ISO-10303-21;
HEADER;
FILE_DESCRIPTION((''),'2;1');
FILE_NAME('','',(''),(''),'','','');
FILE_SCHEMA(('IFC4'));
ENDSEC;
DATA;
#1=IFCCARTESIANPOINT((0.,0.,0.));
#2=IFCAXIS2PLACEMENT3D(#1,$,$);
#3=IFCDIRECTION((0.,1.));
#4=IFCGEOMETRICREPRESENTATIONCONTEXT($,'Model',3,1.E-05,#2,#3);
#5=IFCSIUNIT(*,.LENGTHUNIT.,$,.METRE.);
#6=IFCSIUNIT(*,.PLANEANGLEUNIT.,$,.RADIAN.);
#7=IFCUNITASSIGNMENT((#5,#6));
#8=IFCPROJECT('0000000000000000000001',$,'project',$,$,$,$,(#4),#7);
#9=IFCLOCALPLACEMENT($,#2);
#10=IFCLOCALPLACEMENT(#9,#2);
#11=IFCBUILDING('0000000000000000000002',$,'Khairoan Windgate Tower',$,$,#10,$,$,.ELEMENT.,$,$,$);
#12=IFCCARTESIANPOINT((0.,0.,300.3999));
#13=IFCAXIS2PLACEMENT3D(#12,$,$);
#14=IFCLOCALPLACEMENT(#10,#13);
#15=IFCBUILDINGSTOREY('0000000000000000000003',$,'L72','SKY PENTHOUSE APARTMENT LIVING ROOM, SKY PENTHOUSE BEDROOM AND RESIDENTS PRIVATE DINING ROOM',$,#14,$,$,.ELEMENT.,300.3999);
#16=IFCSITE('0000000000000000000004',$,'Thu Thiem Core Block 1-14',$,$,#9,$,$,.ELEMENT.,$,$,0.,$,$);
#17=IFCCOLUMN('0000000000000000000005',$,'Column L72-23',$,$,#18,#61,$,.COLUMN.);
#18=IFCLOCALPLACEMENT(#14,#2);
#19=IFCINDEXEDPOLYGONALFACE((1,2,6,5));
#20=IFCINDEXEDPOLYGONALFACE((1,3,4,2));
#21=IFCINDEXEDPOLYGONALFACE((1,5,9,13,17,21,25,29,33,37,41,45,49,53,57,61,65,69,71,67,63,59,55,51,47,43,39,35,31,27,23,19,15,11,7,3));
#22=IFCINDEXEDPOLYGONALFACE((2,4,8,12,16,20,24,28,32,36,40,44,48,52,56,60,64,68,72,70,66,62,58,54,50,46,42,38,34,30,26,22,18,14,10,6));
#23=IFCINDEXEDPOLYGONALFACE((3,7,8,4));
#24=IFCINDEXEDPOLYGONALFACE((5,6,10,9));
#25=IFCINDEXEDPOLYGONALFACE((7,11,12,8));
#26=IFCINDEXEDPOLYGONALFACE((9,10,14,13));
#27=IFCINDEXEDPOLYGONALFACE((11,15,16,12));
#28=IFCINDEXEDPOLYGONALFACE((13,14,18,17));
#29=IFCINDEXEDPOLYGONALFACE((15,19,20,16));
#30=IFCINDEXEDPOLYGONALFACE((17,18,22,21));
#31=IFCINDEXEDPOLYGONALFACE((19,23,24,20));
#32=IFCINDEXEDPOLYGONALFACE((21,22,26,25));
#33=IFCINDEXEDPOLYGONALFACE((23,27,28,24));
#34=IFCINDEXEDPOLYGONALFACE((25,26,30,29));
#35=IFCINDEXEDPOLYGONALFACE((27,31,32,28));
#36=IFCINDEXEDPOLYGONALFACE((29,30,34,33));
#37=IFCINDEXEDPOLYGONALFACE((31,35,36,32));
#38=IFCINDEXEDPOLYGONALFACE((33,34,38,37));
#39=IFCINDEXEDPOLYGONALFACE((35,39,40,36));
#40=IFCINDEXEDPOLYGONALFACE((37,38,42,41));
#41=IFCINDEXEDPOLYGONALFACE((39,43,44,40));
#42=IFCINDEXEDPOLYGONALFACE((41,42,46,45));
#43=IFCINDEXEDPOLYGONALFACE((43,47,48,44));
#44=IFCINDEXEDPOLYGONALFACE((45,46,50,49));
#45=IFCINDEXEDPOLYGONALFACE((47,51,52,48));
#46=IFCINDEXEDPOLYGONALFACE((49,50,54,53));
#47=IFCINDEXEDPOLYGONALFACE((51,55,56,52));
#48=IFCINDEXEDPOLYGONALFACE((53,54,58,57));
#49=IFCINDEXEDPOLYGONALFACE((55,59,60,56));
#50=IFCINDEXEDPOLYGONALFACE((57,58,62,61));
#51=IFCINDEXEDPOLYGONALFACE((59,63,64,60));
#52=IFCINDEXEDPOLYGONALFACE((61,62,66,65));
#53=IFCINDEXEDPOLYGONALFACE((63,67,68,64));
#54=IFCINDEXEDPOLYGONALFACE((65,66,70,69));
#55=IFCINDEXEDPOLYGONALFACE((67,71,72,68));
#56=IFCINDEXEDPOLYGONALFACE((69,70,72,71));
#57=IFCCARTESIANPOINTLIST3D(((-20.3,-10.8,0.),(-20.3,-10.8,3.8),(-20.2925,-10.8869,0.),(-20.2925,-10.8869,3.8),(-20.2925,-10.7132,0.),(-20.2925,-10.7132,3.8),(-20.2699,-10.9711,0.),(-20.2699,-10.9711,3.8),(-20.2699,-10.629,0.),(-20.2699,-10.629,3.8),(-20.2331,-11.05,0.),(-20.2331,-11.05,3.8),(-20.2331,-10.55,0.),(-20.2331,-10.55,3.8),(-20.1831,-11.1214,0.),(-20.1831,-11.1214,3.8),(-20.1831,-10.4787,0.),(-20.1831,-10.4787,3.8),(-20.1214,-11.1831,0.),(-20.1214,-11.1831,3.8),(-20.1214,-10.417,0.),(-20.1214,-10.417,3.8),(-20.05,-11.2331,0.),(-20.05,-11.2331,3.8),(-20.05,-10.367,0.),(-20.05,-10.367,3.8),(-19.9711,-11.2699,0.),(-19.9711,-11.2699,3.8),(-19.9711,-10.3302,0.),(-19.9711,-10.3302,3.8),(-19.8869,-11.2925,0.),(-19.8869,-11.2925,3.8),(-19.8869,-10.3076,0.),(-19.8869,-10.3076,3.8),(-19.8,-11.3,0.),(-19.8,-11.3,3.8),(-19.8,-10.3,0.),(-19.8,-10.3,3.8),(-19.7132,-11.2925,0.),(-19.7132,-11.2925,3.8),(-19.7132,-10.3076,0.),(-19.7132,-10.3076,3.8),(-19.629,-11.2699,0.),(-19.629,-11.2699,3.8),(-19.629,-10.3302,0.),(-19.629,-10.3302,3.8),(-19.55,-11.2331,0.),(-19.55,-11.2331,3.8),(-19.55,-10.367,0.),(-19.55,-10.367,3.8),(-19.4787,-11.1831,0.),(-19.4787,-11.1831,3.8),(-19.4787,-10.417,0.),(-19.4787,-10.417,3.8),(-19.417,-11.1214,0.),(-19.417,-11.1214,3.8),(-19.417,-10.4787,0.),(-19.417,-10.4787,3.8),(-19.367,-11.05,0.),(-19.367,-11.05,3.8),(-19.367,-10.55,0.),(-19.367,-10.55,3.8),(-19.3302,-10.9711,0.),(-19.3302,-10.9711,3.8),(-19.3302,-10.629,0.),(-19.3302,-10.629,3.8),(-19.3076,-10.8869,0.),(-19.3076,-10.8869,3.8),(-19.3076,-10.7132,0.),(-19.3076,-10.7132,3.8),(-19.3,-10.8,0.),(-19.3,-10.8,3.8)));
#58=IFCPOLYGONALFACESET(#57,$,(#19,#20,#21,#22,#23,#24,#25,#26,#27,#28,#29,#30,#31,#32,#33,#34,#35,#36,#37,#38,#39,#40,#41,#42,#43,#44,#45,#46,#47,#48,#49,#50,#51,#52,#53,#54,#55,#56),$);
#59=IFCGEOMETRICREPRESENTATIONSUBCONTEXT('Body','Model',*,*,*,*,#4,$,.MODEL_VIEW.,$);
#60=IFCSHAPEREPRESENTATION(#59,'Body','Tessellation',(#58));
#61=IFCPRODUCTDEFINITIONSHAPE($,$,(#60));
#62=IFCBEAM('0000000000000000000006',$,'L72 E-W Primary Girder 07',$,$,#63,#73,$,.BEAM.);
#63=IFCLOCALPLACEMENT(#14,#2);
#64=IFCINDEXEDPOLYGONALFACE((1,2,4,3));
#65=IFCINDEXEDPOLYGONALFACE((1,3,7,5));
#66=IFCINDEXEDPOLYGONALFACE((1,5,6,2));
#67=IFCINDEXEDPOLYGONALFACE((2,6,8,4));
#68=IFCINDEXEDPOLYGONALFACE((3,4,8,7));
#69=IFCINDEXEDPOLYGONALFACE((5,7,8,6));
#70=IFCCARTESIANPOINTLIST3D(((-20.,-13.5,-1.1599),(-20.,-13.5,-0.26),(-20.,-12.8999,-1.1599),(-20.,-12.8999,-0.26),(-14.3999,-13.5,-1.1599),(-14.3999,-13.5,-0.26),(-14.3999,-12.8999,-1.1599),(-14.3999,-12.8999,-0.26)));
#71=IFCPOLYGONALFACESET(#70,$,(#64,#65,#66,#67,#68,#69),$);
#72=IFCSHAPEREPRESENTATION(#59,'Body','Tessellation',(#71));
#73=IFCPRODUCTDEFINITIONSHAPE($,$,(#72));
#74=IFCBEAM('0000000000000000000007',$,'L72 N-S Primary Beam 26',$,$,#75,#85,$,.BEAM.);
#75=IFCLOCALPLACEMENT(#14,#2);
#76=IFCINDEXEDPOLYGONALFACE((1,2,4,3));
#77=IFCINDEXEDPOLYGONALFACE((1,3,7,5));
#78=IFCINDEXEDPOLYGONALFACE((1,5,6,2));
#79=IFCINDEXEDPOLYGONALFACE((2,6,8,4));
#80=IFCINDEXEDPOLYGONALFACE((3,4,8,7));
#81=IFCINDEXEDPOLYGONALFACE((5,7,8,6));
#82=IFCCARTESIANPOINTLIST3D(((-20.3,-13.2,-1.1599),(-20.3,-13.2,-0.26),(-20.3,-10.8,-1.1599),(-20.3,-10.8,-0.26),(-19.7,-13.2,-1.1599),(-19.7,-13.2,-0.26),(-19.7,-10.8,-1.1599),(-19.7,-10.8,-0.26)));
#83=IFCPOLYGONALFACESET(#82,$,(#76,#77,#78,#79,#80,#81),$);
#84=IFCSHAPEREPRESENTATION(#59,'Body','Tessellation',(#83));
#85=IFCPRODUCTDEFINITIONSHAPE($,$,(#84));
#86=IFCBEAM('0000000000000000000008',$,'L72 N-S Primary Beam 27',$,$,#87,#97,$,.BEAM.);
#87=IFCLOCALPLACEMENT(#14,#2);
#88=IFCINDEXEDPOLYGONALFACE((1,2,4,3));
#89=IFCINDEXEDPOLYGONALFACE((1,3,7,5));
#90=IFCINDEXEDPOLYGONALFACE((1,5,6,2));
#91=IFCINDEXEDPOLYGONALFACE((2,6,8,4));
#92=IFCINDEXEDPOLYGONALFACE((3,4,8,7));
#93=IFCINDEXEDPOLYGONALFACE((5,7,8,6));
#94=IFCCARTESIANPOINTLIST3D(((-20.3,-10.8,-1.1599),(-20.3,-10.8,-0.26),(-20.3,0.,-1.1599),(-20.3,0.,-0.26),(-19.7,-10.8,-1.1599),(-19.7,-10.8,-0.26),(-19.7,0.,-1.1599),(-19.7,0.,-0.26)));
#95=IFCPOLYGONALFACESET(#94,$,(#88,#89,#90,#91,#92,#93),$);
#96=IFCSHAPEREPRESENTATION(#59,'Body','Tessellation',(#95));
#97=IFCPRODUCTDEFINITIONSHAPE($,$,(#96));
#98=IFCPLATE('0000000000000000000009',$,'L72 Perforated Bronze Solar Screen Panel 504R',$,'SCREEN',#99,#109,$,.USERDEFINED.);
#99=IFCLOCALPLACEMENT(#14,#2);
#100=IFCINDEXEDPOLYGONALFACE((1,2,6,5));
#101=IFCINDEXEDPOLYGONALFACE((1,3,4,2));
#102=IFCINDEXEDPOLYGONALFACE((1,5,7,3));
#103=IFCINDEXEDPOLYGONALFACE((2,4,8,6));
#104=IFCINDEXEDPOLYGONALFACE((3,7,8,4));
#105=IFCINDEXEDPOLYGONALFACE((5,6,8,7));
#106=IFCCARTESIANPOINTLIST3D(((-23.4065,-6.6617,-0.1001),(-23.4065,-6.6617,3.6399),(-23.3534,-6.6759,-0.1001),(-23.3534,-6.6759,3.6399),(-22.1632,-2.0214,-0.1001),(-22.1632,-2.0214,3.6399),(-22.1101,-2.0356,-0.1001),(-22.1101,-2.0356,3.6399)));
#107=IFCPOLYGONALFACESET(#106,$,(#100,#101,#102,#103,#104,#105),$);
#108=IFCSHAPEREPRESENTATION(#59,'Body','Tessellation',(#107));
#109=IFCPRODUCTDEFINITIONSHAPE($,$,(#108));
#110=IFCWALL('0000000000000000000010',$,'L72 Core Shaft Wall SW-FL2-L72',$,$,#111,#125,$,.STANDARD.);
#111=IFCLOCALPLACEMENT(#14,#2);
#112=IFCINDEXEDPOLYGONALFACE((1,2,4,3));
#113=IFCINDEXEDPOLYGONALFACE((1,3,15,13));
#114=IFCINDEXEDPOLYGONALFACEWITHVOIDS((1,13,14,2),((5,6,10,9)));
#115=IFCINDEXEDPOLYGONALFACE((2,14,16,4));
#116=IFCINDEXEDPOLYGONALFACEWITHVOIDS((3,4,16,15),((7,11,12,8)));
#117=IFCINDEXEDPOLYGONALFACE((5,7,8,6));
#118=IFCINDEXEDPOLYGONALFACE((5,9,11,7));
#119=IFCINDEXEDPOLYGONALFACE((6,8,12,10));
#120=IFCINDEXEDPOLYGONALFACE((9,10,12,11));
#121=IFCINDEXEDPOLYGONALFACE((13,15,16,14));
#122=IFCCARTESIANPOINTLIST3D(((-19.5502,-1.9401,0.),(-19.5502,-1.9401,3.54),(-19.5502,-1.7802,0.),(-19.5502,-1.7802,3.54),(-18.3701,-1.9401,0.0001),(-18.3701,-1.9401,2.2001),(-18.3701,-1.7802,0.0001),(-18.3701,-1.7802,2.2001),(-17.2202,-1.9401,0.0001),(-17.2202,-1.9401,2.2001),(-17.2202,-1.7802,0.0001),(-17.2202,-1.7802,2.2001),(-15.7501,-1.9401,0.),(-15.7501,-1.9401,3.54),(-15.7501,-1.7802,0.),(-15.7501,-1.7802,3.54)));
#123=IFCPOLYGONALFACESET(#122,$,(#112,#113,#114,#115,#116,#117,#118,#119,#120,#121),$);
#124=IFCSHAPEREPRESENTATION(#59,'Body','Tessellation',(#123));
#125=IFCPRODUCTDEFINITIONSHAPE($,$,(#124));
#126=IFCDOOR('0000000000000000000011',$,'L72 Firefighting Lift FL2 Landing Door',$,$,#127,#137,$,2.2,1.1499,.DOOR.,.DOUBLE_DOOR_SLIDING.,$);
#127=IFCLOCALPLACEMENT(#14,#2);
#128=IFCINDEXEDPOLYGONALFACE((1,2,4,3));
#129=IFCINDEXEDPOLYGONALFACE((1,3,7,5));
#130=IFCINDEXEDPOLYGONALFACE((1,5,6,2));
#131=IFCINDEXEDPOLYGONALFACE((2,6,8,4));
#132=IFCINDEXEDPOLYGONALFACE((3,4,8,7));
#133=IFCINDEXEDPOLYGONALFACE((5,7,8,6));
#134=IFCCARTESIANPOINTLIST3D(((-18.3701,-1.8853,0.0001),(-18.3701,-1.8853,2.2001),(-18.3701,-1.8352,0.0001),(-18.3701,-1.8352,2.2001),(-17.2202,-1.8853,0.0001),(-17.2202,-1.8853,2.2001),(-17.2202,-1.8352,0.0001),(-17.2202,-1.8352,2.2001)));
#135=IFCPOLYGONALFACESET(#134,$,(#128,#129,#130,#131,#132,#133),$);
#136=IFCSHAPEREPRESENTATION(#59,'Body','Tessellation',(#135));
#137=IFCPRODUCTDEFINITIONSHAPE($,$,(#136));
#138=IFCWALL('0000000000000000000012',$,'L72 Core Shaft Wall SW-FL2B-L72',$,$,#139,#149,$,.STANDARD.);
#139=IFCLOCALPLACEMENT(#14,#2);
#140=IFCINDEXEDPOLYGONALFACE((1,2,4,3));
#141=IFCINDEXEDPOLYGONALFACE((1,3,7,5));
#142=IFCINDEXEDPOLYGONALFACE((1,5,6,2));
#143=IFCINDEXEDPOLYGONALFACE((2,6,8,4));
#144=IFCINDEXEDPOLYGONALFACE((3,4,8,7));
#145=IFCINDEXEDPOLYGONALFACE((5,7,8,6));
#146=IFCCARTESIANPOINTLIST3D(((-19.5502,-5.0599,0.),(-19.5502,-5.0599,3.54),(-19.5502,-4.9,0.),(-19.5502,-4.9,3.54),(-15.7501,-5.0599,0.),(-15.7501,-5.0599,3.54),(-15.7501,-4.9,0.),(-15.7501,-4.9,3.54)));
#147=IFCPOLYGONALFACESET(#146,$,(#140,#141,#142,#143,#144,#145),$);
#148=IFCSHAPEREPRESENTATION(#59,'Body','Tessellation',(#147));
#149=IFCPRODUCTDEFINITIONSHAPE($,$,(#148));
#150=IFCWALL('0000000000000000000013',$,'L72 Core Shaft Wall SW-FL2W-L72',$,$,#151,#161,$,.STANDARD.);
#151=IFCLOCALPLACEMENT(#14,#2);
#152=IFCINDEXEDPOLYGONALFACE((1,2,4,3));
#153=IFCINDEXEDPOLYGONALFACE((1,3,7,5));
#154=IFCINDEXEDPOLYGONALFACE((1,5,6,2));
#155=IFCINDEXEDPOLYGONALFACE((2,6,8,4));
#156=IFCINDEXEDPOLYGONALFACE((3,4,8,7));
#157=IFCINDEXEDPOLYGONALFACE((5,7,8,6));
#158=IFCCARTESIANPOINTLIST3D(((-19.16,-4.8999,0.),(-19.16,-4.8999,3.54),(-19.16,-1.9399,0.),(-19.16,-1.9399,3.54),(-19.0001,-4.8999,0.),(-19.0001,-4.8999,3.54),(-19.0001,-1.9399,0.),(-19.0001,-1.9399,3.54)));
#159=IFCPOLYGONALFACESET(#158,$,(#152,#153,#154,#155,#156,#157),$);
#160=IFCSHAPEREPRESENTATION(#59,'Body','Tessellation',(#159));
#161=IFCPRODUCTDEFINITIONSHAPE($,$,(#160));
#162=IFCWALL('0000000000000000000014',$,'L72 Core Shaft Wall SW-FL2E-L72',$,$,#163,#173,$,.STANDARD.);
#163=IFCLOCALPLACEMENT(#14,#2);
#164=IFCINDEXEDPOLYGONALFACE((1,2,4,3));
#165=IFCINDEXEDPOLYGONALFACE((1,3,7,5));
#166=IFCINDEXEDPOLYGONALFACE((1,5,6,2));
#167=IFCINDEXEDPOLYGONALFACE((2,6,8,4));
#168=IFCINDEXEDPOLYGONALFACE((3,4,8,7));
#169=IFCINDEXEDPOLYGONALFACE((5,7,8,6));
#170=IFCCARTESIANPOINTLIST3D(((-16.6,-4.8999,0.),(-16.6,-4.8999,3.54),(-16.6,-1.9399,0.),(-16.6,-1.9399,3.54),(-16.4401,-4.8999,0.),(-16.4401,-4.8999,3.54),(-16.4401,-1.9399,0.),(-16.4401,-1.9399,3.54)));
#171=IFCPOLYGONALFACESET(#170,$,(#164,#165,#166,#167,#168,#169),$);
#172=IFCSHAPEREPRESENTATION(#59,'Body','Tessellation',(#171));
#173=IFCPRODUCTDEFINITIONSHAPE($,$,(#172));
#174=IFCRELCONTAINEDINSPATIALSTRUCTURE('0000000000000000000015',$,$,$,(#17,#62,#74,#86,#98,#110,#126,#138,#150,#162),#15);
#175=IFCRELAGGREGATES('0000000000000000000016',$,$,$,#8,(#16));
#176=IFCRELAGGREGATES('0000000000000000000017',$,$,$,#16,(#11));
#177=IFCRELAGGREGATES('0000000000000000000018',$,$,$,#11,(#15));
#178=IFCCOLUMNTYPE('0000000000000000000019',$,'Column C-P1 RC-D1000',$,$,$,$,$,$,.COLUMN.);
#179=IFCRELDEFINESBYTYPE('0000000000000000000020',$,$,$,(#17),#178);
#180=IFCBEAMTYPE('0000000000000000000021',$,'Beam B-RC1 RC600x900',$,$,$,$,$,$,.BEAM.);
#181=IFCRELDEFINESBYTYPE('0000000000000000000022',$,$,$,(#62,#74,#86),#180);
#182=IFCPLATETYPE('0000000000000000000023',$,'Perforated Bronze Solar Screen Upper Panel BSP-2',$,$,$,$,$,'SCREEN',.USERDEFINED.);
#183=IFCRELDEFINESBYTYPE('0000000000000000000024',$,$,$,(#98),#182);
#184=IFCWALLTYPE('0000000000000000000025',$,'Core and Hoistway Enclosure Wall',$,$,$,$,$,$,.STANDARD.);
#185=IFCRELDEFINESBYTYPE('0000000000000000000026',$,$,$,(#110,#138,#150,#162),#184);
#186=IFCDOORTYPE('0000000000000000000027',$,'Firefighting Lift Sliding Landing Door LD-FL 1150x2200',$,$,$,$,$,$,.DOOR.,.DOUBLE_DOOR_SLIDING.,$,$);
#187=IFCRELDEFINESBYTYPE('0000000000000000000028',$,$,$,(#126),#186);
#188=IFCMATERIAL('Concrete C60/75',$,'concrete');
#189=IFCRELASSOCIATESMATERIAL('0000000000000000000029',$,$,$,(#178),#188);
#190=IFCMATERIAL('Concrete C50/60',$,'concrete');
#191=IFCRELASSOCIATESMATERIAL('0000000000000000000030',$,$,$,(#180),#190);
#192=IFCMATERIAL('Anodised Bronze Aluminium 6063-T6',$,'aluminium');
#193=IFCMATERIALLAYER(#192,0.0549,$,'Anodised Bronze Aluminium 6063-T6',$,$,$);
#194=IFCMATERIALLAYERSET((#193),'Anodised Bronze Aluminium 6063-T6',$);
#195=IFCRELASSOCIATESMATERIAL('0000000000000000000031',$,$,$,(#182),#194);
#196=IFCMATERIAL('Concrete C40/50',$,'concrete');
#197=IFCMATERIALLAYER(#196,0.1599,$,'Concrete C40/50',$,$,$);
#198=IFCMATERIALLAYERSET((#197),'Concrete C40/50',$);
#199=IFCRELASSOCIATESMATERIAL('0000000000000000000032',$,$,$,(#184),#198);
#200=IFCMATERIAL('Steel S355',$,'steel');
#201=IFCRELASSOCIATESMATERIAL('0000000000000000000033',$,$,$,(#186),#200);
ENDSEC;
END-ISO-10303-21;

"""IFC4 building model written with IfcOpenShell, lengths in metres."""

from ifc_helpers import new_model, si_unit, direction, frame, frame_2d, origin, origin_2d, place, context, subcontext, project, spatial, rectangle, circle, extrude, material, layer, layer_set, material_profile, profile_set, type_object, element, fill, save


model = new_model("IFC4")

# Units and contexts
model_context = context("Model", 3, precision=1e-05, world=origin(), true_north=direction((0.0, 1.0)))
body_context = subcontext(model_context, "Body", "Model", "MODEL_VIEW")
ifc_project = project(units=[si_unit("LENGTHUNIT", "METRE"), si_unit("PLANEANGLEUNIT", "RADIAN")], contexts=[model_context])

# Site, building, storey
site_placement = place(None, origin())
site = spatial("IfcSite", under=ifc_project, at=site_placement, Name="Thu Thiem Core Block 1-14", CompositionType="ELEMENT", RefElevation=0.0)
building_placement = place(site_placement, origin())
building = spatial("IfcBuilding", under=site, at=building_placement, Name="Khairoan Windgate Tower", CompositionType="ELEMENT")
storey_placement = place(building_placement, frame((0.0, 0.0, 300.3999)))
storey = spatial("IfcBuildingStorey", under=building, at=storey_placement, Name="L72", Description="SKY PENTHOUSE APARTMENT LIVING ROOM, SKY PENTHOUSE BEDROOM AND RESIDENTS PRIVATE DINING ROOM", CompositionType="ELEMENT", Elevation=300.3999)

# Column
ifc_material_1 = material(Name="Concrete C60/75", Category="concrete")
ifc_material_profile_1 = material_profile(ifc_material_1, circle(Radius=0.5, at=origin_2d()))
ifc_profile_set_1 = profile_set([ifc_material_profile_1], Name="Concrete C60/75")
column_type = type_object("IfcColumnType", Name="Column C-P1 RC-D1000", PredefinedType="COLUMN", material=ifc_profile_set_1)
column_placement = place(storey_placement, frame((-19.8, -10.8, 0.0), z_axis=(0.0, 0.0, 1.0), x_axis=(1.0, 0.0, 0.0)))
element("IfcColumn", 1, at=column_placement, inside=storey, type_object=column_type, Name="Column L72-23", PredefinedType="COLUMN", context=body_context, shape_type="SweptSolid", body=[
    extrude(circle(Radius=0.5, at=origin_2d()), origin(), (0.0, 0.0, 1.0), 3.8),
])

# Beams
ifc_material_2 = material(Name="Concrete C50/60", Category="concrete")
ifc_material_profile_2 = material_profile(ifc_material_2, rectangle(XDim=0.6001, YDim=0.8999, at=origin_2d()))
ifc_profile_set_2 = profile_set([ifc_material_profile_2], Name="Concrete C50/60")
beam_type = type_object("IfcBeamType", Name="Beam B-RC1 RC600x900", PredefinedType="BEAM", material=ifc_profile_set_2)
beam_1_placement = place(storey_placement, frame((-20.0, -13.2, -0.71), z_axis=(1.0, 0.0, 0.0), x_axis=(0.0, 1.0, 0.0)))
element("IfcBeam", 2, at=beam_1_placement, inside=storey, type_object=beam_type, Name="L72 E-W Primary Girder 07", PredefinedType="BEAM", context=body_context, shape_type="SweptSolid", body=[
    extrude(rectangle(XDim=0.6001, YDim=0.8999, at=origin_2d()), origin(), (0.0, 0.0, 1.0), 5.6001),
])
beam_2_placement = place(storey_placement, frame((-20.0, -13.2, -0.71), z_axis=(0.0, 1.0, 0.0), x_axis=(-1.0, 0.0, 0.0)))
element("IfcBeam", 3, at=beam_2_placement, inside=storey, type_object=beam_type, Name="L72 N-S Primary Beam 26", PredefinedType="BEAM", context=body_context, shape_type="SweptSolid", body=[
    extrude(rectangle(XDim=0.6001, YDim=0.8999, at=origin_2d()), origin(), (0.0, 0.0, 1.0), 2.3999),
])
beam_3_placement = place(storey_placement, frame((-20.0, -10.8, -0.71), z_axis=(0.0, 1.0, 0.0), x_axis=(-1.0, 0.0, 0.0)))
element("IfcBeam", 4, at=beam_3_placement, inside=storey, type_object=beam_type, Name="L72 N-S Primary Beam 27", PredefinedType="BEAM", context=body_context, shape_type="SweptSolid", body=[
    extrude(rectangle(XDim=0.6001, YDim=0.8999, at=origin_2d()), origin(), (0.0, 0.0, 1.0), 10.8),
])

# Plate
ifc_material_3 = material(Name="Anodised Bronze Aluminium 6063-T6", Category="aluminium")
ifc_layer_1 = layer(ifc_material_3, 0.0549, Name="Anodised Bronze Aluminium 6063-T6")
ifc_layer_set_1 = layer_set([ifc_layer_1], Name="Anodised Bronze Aluminium 6063-T6")
plate_type = type_object("IfcPlateType", Name="Perforated Bronze Solar Screen Upper Panel BSP-2", ElementType="SCREEN", PredefinedType="USERDEFINED", material=ifc_layer_set_1)
plate_placement = place(storey_placement, frame((-22.7583, -4.3486, -0.1001), z_axis=(0.0, 0.0, 1.0), x_axis=(0.258819, 0.965926, 0.0)))
element("IfcPlate", 5, at=plate_placement, inside=storey, type_object=plate_type, Name="L72 Perforated Bronze Solar Screen Panel 504R", ObjectType="SCREEN", PredefinedType="USERDEFINED", context=body_context, shape_type="SweptSolid", body=[
    extrude(rectangle(XDim=4.804, YDim=0.0549, at=origin_2d()), origin(), (0.0, 0.0, 1.0), 3.74),
])

# Wall, opening, door
ifc_material_4 = material(Name="Concrete C40/50", Category="concrete")
ifc_layer_2 = layer(ifc_material_4, 0.1599, Name="Concrete C40/50")
ifc_layer_set_2 = layer_set([ifc_layer_2], Name="Concrete C40/50")
wall_type_1 = type_object("IfcWallType", Name="Core and Hoistway Enclosure Wall", PredefinedType="STANDARD", material=ifc_layer_set_2)
wall_1_placement = place(storey_placement, frame((-19.55, -1.8601, 0.0), z_axis=(0.0, 0.0, 1.0), x_axis=(1.0, 0.0, 0.0)))
wall_1 = element("IfcWall", 6, at=wall_1_placement, inside=storey, type_object=wall_type_1, Name="L72 Core Shaft Wall SW-FL2-L72", PredefinedType="STANDARD", context=body_context, shape_type="SweptSolid", body=[
    extrude(rectangle(XDim=3.8, YDim=0.1599, at=frame_2d((1.8999, 0.0))), origin(), (0.0, 0.0, 1.0), 3.54),
])
opening_1_placement = place(wall_1_placement, frame((1.1799, 0.0, 0.0)))
opening_1 = element("IfcOpeningElement", 7, at=opening_1_placement, cuts=wall_1, PredefinedType="OPENING", context=body_context, shape_type="SweptSolid", body=[
    extrude(rectangle(XDim=1.1499, YDim=2.2, at=frame_2d((0.575, 1.1001))), frame((0.0, 0.0898, 0.0), z_axis=(0.0, -1.0, 0.0), x_axis=(1.0, 0.0, 0.0)), (0.0, 0.0, 1.0), 0.1799),
])
ifc_material_5 = material(Name="Steel S355", Category="steel")
door_type_1 = type_object("IfcDoorType", Name="Firefighting Lift Sliding Landing Door LD-FL 1150x2200", OperationType="DOUBLE_DOOR_SLIDING", PredefinedType="DOOR", material=ifc_material_5)
door_1_placement = place(opening_1_placement, origin())
door_1 = element("IfcDoor", 8, at=door_1_placement, inside=storey, type_object=door_type_1, Name="L72 Firefighting Lift FL2 Landing Door", OperationType="DOUBLE_DOOR_SLIDING", OverallHeight=2.2, OverallWidth=1.1499, PredefinedType="DOOR", context=body_context, shape_type="SweptSolid", body=[
    extrude(rectangle(XDim=1.1499, YDim=2.2, at=frame_2d((0.575, 1.1001))), frame((0.0, 0.0249, 0.0), z_axis=(0.0, -1.0, 0.0), x_axis=(1.0, 0.0, 0.0)), (0.0, 0.0, 1.0), 0.05),
])
fill(opening_1, door_1)

# Walls
wall_2_placement = place(storey_placement, frame((-19.55, -4.98, 0.0), z_axis=(0.0, 0.0, 1.0), x_axis=(1.0, 0.0, 0.0)))
element("IfcWall", 9, at=wall_2_placement, inside=storey, type_object=wall_type_1, Name="L72 Core Shaft Wall SW-FL2B-L72", PredefinedType="STANDARD", context=body_context, shape_type="SweptSolid", body=[
    extrude(rectangle(XDim=3.8, YDim=0.1599, at=frame_2d((1.8999, 0.0))), origin(), (0.0, 0.0, 1.0), 3.54),
])
for number, where, z_axis, x_axis, name in (
    (10, (-19.0801, -4.8999, 0.0), (0.0, 0.0, 1.0), (0.0, 1.0, 0.0), "L72 Core Shaft Wall SW-FL2W-L72"),
    (11, (-16.52, -4.8999, 0.0), (0.0, 0.0, 1.0), (0.0, 1.0, 0.0), "L72 Core Shaft Wall SW-FL2E-L72"),
):
    element("IfcWall", number, at=place(storey_placement, frame(where, z_axis=z_axis, x_axis=x_axis)), inside=storey, type_object=wall_type_1, Name=name, PredefinedType="STANDARD", context=body_context, shape_type="SweptSolid", body=[
        extrude(rectangle(XDim=2.96, YDim=0.1599, at=frame_2d((1.48, 0.0))), origin(), (0.0, 0.0, 1.0), 3.54),
    ])

save(model, "model.ifc")
